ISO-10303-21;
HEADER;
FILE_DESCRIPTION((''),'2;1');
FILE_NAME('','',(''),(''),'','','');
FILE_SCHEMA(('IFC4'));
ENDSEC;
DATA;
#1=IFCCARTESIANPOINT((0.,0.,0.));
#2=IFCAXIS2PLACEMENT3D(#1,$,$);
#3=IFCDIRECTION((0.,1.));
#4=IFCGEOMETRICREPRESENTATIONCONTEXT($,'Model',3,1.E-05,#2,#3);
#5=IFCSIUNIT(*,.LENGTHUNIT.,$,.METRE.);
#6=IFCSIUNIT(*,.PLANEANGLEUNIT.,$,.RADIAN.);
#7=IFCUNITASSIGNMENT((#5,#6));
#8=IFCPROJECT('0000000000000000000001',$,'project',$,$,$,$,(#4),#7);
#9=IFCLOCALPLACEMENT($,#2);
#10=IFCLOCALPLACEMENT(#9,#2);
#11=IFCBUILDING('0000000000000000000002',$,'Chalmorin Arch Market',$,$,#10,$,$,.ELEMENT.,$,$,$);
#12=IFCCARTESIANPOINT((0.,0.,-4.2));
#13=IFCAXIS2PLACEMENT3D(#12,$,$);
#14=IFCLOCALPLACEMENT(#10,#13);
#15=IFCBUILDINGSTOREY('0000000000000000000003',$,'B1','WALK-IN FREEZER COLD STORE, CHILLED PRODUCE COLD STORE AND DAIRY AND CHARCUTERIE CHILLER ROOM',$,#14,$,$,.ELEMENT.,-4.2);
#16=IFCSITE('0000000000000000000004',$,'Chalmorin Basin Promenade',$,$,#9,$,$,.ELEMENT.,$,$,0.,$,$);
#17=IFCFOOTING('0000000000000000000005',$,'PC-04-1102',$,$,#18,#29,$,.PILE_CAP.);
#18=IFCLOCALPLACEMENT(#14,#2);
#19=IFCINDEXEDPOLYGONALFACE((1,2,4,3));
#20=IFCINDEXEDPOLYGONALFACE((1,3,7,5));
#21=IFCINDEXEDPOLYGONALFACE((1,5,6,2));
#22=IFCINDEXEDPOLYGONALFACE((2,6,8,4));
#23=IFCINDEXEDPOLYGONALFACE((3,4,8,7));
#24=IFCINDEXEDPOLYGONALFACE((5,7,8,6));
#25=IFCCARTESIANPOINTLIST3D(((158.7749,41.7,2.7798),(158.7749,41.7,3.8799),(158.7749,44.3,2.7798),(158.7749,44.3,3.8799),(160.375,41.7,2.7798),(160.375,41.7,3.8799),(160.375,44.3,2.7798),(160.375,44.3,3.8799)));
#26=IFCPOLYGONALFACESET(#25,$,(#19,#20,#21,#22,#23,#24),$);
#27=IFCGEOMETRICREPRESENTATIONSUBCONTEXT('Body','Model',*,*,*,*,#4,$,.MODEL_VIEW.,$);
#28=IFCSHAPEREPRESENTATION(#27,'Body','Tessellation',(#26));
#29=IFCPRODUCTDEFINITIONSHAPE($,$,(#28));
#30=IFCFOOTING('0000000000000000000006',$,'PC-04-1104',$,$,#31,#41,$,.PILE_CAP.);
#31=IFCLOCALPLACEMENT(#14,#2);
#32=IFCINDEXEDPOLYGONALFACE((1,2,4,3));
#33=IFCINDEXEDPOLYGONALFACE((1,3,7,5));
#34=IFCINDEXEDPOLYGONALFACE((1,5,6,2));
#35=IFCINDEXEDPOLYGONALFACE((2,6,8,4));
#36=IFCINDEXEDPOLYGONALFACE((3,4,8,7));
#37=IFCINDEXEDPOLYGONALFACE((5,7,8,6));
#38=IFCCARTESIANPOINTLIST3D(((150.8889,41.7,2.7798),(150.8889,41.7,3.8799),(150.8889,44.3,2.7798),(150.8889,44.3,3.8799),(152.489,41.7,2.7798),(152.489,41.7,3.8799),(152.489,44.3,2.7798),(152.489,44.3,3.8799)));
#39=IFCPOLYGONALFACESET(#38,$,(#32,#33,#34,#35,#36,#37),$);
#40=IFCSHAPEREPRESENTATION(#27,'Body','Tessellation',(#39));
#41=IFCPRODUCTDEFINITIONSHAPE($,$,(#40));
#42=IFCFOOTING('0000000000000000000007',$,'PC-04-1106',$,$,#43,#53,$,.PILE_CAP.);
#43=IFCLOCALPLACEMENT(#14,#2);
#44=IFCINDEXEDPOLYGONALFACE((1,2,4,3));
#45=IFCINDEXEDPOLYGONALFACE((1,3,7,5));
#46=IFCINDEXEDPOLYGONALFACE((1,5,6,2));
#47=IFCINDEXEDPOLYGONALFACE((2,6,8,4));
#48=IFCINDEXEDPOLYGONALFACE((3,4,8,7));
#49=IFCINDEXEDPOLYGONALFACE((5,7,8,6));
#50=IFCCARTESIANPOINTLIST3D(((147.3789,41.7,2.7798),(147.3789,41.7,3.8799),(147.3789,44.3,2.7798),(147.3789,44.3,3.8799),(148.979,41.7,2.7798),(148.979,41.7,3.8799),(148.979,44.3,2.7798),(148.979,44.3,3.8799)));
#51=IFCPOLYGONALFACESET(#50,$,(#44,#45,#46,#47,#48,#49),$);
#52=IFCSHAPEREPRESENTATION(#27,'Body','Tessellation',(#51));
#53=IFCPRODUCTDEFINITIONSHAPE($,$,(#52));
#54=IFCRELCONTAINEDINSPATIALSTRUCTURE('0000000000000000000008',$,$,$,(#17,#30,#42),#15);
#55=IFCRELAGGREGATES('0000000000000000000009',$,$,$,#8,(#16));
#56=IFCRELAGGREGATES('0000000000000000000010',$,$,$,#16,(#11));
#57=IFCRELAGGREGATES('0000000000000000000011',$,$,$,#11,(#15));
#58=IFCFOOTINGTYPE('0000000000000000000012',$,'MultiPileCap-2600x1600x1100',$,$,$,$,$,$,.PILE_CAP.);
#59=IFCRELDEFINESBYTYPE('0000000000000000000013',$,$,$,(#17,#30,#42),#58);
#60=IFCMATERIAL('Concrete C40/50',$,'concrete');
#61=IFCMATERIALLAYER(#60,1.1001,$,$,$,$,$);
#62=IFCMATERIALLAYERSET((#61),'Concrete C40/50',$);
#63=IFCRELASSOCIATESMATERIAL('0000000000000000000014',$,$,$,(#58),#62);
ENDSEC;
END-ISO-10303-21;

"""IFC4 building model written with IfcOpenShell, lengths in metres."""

from ifc_helpers import new_model, si_unit, direction, frame, origin, origin_2d, place, context, subcontext, project, spatial, rectangle, extrude, material, layer, layer_set, type_object, element, save


model = new_model("IFC4")

# Units and contexts
model_context = context("Model", 3, precision=1e-05, world=origin(), true_north=direction((0.0, 1.0)))
body_context = subcontext(model_context, "Body", "Model", "MODEL_VIEW")
ifc_project = project(units=[si_unit("LENGTHUNIT", "METRE"), si_unit("PLANEANGLEUNIT", "RADIAN")], contexts=[model_context])

# Site, building, storey
site_placement = place(None, origin())
site = spatial("IfcSite", under=ifc_project, at=site_placement, Name="Chalmorin Basin Promenade", CompositionType="ELEMENT", RefElevation=0.0)
building_placement = place(site_placement, origin())
building = spatial("IfcBuilding", under=site, at=building_placement, Name="Chalmorin Arch Market", CompositionType="ELEMENT")
storey_placement = place(building_placement, frame((0.0, 0.0, -4.2)))
storey = spatial("IfcBuildingStorey", under=building, at=storey_placement, Name="B1", Description="WALK-IN FREEZER COLD STORE, CHILLED PRODUCE COLD STORE AND DAIRY AND CHARCUTERIE CHILLER ROOM", CompositionType="ELEMENT", Elevation=-4.2)

# Footings
ifc_material_1 = material(Name="Concrete C40/50", Category="concrete")
ifc_layer_1 = layer(ifc_material_1, 1.1001)
ifc_layer_set_1 = layer_set([ifc_layer_1], Name="Concrete C40/50")
footing_type_1 = type_object("IfcFootingType", Name="MultiPileCap-2600x1600x1100", PredefinedType="PILE_CAP", material=ifc_layer_set_1)
for number, where, z_axis, x_axis, name in (
    (1, (159.575, 43.0, 2.7798), (0.0, 0.0, 1.0), (0.0, 1.0, 0.0), "PC-04-1102"),
    (2, (151.689, 43.0, 2.7798), (0.0, 0.0, 1.0), (0.0, 1.0, 0.0), "PC-04-1104"),
    (3, (148.179, 43.0, 2.7798), (0.0, 0.0, 1.0), (0.0, 1.0, 0.0), "PC-04-1106"),
):
    element("IfcFooting", number, at=place(storey_placement, frame(where, z_axis=z_axis, x_axis=x_axis)), inside=storey, type_object=footing_type_1, Name=name, PredefinedType="PILE_CAP", context=body_context, shape_type="SweptSolid", body=[
        extrude(rectangle(XDim=2.6001, YDim=1.6001, at=origin_2d()), origin(), (0.0, 0.0, 1.0), 1.1001),
    ])

save(model, "model.ifc")
